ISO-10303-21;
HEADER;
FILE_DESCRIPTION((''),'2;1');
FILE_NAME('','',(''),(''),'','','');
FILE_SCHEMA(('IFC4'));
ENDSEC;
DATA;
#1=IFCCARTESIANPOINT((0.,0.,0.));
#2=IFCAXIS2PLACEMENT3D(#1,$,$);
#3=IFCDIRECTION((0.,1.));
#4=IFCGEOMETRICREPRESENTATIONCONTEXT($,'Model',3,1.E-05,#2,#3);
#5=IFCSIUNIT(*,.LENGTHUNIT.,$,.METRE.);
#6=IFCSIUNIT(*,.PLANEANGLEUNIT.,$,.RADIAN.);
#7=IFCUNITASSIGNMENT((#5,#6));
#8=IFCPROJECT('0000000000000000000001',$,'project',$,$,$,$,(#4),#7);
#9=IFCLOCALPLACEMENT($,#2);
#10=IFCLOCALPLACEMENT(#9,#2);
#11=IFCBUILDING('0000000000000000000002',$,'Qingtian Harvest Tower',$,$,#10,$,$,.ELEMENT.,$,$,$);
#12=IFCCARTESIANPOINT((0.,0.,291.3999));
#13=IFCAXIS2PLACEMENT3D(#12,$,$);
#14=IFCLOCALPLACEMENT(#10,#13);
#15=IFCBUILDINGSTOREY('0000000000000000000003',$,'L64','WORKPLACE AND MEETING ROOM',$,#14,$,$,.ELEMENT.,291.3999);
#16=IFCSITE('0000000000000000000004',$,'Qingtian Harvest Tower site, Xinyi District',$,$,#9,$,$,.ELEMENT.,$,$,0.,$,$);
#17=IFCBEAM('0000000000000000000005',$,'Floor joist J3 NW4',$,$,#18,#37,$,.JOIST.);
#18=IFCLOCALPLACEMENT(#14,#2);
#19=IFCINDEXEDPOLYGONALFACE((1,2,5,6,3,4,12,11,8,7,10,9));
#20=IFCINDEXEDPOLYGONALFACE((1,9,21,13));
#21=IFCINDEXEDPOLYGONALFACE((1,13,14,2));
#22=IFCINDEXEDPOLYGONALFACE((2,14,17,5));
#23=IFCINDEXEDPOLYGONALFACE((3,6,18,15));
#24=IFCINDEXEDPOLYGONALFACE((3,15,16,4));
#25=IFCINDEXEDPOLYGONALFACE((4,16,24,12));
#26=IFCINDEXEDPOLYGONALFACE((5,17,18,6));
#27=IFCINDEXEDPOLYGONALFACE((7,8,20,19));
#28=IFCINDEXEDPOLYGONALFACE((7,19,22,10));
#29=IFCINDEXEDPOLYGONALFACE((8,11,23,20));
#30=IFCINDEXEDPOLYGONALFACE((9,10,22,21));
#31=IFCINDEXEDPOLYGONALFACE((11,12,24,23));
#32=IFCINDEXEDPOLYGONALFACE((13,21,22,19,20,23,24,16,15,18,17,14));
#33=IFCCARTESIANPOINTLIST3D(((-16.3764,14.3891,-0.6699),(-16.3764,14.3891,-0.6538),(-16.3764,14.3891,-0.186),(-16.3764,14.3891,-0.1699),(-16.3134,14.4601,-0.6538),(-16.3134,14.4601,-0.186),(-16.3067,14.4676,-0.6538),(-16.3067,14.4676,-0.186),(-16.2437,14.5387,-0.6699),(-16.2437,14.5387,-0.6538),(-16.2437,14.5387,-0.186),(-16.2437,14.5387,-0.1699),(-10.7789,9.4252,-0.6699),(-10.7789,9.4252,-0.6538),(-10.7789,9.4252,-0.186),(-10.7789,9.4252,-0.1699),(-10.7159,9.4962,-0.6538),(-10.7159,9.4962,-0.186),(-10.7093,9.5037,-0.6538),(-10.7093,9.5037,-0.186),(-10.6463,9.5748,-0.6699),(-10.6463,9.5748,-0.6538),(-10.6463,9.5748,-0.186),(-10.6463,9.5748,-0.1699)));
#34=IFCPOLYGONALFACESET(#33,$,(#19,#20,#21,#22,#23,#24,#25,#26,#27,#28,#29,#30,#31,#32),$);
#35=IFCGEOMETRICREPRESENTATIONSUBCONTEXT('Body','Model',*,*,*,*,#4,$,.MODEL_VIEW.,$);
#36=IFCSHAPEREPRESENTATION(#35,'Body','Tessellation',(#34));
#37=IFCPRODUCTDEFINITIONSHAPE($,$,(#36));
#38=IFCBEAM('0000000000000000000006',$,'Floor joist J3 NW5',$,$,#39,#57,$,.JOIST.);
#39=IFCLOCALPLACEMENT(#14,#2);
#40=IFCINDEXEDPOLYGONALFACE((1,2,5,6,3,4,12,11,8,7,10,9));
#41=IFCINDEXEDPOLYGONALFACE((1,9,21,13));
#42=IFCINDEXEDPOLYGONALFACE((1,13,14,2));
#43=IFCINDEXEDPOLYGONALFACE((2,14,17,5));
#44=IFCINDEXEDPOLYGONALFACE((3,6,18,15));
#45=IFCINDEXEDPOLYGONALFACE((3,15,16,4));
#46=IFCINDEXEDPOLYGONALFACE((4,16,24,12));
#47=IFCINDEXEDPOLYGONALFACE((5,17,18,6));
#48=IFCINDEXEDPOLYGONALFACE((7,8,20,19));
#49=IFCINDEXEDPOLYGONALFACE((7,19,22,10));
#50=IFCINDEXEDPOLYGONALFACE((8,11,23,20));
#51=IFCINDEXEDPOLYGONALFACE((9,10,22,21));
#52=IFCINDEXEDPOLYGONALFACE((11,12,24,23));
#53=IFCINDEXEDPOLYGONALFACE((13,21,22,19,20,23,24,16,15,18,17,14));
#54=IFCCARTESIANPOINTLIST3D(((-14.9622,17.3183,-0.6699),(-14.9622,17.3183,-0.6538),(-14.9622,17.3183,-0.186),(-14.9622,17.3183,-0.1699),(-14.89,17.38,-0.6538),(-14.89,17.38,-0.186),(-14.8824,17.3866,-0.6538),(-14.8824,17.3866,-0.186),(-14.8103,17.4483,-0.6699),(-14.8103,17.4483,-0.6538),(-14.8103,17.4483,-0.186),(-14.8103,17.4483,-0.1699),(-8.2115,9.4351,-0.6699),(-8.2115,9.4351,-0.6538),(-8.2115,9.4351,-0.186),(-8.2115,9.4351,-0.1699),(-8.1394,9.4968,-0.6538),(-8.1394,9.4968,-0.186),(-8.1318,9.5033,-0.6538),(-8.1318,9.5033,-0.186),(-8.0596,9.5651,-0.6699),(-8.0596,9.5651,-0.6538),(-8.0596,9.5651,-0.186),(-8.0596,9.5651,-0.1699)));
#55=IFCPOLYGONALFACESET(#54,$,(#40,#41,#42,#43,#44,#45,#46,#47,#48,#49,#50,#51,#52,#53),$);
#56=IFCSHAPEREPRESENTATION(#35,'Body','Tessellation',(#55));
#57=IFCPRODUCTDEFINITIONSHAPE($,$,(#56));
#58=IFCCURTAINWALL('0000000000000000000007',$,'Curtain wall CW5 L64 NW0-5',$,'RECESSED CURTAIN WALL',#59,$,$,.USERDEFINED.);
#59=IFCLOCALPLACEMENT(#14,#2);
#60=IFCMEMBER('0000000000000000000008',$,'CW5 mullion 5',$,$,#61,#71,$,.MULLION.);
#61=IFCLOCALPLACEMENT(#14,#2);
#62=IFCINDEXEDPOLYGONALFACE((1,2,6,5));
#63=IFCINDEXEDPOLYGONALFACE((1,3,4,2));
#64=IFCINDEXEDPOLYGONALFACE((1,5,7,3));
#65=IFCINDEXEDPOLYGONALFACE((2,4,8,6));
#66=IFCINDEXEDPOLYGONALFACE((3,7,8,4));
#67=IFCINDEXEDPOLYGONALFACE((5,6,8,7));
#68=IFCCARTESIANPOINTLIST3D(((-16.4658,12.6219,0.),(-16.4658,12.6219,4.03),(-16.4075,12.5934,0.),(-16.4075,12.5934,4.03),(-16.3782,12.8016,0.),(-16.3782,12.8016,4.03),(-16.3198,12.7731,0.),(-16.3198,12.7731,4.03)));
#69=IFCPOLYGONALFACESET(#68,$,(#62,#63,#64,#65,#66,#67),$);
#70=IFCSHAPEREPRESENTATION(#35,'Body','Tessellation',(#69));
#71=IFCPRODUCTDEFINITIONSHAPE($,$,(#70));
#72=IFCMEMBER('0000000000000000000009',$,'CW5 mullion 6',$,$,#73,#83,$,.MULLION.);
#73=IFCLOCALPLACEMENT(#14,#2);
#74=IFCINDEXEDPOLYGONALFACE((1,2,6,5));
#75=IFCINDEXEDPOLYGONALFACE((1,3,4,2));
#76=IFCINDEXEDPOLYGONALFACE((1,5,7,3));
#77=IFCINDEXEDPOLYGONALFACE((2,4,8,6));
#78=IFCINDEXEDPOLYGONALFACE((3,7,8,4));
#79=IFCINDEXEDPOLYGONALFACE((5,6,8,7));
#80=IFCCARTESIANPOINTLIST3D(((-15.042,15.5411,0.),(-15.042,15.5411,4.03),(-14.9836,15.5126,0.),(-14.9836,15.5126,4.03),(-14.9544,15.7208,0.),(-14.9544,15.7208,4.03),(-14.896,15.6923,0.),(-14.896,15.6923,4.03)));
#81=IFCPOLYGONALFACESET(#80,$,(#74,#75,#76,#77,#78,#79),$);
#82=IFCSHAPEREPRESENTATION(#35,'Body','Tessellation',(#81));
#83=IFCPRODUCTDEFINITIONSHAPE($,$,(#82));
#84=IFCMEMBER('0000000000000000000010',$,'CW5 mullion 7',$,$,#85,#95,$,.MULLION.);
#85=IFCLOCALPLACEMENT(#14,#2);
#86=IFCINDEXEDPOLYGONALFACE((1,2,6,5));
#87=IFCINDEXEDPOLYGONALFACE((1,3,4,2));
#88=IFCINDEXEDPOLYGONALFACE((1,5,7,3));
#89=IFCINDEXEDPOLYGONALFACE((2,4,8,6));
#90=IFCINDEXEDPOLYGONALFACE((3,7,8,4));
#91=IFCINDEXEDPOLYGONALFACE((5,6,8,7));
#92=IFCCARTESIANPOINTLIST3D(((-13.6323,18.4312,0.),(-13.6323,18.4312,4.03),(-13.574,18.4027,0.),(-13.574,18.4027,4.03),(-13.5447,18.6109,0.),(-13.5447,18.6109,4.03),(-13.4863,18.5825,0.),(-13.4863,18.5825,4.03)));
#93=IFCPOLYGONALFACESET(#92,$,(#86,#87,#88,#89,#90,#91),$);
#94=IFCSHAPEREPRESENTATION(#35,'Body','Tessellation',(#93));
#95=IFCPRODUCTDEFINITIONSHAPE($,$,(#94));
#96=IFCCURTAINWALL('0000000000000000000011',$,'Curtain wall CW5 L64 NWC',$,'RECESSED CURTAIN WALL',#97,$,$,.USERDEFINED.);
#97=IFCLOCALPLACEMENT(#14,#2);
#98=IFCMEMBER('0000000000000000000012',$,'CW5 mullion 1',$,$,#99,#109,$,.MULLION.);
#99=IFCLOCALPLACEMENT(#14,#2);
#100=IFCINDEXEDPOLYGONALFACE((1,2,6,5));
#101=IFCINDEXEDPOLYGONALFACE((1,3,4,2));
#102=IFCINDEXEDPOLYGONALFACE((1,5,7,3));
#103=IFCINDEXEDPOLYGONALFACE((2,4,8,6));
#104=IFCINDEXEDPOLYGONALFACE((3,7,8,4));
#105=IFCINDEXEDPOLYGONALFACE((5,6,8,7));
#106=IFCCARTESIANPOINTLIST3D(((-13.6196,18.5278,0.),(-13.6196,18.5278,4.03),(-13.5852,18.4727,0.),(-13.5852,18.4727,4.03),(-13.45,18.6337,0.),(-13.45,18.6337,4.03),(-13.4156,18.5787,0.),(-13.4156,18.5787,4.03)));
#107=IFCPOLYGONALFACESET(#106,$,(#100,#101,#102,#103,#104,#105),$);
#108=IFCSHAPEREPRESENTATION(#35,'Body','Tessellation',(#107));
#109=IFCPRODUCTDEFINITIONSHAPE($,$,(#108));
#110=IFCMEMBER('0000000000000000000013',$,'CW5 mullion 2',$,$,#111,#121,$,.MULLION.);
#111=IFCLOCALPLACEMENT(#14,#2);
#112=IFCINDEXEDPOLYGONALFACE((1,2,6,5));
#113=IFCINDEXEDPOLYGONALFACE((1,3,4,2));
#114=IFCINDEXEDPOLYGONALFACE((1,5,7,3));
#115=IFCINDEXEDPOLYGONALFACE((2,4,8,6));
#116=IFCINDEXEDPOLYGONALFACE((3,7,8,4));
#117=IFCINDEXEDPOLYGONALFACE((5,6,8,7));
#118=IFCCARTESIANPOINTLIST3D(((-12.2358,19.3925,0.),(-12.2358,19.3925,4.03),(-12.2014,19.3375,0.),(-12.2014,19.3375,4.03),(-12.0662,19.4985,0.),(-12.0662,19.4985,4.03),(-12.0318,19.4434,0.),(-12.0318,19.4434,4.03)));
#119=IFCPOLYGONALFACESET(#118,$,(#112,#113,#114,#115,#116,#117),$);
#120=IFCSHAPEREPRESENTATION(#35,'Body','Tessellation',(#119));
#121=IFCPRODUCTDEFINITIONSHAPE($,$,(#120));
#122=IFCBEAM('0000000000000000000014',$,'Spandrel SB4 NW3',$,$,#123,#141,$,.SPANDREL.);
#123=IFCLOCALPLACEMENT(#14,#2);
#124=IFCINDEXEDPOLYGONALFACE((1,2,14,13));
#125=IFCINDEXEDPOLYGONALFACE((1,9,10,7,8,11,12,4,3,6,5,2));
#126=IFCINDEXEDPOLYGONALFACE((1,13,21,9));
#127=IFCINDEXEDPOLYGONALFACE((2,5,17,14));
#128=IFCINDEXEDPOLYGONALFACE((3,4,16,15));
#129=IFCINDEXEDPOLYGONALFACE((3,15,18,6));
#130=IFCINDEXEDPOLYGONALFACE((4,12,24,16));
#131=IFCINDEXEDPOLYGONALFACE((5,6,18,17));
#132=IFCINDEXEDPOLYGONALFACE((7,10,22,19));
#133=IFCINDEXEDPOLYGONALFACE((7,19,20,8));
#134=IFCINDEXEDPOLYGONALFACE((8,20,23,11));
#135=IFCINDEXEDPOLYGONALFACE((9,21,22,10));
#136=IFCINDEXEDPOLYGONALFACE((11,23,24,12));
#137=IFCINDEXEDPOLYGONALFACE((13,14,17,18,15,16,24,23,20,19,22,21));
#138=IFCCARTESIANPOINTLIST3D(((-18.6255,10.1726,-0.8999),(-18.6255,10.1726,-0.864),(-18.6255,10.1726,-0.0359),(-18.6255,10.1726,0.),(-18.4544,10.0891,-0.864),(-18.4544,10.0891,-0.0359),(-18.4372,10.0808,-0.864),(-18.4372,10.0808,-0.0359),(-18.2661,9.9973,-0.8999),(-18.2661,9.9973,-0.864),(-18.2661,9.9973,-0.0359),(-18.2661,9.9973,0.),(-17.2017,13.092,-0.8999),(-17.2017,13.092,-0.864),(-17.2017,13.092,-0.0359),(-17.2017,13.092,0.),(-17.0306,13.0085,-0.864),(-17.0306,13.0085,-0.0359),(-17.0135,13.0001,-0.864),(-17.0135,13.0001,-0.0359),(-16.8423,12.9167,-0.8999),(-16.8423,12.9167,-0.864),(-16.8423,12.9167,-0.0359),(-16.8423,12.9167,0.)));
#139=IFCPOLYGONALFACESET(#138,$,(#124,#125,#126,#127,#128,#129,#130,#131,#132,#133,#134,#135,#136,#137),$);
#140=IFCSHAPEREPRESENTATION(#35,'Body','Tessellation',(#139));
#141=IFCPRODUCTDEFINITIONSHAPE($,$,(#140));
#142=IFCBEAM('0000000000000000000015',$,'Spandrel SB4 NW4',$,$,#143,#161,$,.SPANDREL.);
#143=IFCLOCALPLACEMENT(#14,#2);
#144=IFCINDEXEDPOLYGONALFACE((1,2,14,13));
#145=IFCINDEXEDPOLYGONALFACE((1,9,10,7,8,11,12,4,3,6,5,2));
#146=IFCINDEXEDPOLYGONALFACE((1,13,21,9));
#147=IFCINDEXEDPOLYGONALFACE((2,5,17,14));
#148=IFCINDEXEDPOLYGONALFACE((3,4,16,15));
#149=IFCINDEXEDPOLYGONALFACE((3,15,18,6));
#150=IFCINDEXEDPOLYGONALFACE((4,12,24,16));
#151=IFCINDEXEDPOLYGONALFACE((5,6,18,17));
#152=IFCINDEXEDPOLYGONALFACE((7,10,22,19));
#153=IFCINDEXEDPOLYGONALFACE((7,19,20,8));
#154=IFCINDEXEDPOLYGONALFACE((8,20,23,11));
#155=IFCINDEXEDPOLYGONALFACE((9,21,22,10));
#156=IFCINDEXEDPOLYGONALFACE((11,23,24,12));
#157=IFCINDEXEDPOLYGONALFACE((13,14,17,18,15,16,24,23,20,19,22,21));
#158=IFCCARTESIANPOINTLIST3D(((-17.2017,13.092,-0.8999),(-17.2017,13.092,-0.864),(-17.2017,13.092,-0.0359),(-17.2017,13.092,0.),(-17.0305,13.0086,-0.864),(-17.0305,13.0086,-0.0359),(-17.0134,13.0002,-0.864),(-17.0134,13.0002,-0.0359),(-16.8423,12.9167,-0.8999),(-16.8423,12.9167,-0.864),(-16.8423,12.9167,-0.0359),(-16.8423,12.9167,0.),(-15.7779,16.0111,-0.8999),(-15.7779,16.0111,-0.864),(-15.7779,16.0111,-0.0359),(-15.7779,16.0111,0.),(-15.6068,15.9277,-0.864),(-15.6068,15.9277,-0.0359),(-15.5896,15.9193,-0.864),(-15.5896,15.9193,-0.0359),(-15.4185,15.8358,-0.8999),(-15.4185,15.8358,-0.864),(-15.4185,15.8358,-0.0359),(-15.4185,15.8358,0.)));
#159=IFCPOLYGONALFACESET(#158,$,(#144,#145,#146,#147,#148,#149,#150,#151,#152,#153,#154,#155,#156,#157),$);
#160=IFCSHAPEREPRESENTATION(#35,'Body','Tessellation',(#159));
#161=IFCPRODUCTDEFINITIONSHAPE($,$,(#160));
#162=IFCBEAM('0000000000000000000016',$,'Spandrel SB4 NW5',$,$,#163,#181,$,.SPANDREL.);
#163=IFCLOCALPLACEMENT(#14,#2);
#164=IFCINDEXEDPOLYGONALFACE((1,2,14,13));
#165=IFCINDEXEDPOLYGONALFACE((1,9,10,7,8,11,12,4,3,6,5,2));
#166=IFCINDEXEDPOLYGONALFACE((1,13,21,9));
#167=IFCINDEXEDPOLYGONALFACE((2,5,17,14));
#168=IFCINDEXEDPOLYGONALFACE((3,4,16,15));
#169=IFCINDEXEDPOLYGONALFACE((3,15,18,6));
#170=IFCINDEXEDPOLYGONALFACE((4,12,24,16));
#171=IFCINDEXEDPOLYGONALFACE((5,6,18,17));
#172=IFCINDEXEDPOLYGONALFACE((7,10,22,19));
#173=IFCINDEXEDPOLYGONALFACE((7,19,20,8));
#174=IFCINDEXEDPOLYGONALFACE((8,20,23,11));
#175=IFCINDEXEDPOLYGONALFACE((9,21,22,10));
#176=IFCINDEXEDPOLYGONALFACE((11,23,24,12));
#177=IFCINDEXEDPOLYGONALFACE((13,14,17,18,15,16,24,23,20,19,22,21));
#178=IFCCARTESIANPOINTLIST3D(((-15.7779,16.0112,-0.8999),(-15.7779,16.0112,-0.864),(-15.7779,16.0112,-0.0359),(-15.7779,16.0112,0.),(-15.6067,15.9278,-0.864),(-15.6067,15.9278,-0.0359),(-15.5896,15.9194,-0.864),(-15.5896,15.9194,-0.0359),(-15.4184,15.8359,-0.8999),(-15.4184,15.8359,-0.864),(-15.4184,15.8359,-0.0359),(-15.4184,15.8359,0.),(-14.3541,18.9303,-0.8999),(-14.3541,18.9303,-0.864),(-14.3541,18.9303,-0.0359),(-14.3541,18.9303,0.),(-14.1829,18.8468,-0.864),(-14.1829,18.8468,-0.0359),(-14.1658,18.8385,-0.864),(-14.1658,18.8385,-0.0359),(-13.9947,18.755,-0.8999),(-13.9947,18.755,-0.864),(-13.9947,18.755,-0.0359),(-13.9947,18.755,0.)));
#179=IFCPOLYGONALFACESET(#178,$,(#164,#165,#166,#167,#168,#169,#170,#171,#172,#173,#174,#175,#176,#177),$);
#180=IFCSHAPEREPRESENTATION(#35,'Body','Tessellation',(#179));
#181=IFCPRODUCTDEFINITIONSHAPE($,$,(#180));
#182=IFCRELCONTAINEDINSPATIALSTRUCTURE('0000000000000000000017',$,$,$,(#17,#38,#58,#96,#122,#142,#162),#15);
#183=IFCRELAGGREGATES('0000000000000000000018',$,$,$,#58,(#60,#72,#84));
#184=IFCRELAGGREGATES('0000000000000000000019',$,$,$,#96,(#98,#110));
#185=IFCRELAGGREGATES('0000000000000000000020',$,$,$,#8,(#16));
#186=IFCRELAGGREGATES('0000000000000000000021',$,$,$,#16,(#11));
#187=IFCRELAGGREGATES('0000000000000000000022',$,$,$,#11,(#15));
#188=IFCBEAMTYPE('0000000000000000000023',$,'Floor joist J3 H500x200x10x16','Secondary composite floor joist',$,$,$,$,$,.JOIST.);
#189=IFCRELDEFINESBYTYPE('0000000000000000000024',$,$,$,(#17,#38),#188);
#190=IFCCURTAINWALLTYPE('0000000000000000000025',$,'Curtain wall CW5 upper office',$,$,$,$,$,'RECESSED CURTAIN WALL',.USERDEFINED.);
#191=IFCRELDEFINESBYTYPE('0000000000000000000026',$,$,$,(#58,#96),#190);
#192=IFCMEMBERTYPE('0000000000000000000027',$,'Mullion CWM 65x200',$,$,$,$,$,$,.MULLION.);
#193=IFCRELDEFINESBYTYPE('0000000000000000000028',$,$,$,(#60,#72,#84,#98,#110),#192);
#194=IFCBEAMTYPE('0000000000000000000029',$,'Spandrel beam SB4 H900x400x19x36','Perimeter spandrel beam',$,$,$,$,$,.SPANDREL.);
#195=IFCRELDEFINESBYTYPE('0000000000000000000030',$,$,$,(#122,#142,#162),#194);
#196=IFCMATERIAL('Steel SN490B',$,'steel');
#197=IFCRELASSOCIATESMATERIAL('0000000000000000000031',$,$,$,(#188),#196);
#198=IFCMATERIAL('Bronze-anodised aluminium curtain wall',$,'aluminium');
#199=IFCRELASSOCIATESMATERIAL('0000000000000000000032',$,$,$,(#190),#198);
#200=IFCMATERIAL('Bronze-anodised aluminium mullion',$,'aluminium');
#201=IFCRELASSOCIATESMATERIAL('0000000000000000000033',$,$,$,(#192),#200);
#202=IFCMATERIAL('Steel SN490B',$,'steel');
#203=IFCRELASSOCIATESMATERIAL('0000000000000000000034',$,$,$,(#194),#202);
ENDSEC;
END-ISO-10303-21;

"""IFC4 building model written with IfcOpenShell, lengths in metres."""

from ifc_helpers import new_model, si_unit, direction, frame, origin, origin_2d, place, context, subcontext, project, spatial, rectangle, i_section, extrude, material, material_profile, profile_set, type_object, element, aggregate, save


model = new_model("IFC4")

# Units and contexts
model_context = context("Model", 3, precision=1e-05, world=origin(), true_north=direction((0.0, 1.0)))
body_context = subcontext(model_context, "Body", "Model", "MODEL_VIEW")
ifc_project = project(units=[si_unit("LENGTHUNIT", "METRE"), si_unit("PLANEANGLEUNIT", "RADIAN")], contexts=[model_context])

# Site, building, storey
site_placement = place(None, origin())
site = spatial("IfcSite", under=ifc_project, at=site_placement, Name="Qingtian Harvest Tower site, Xinyi District", CompositionType="ELEMENT", RefElevation=0.0)
building_placement = place(site_placement, origin())
building = spatial("IfcBuilding", under=site, at=building_placement, Name="Qingtian Harvest Tower", CompositionType="ELEMENT")
storey_placement = place(building_placement, frame((0.0, 0.0, 291.3999)))
storey = spatial("IfcBuildingStorey", under=building, at=storey_placement, Name="L64", Description="WORKPLACE AND MEETING ROOM", CompositionType="ELEMENT", Elevation=291.3999)

# Beams
ifc_material_1 = material(Name="Steel SN490B", Category="steel")
ifc_material_profile_1 = material_profile(ifc_material_1, i_section(OverallWidth=0.2, OverallDepth=0.5, WebThickness=0.01, FlangeThickness=0.0161, at=origin_2d()), Name="H500x200x10x16")
ifc_profile_set_1 = profile_set([ifc_material_profile_1], Name="Steel SN490B")
beam_type_1 = type_object("IfcBeamType", Name="Floor joist J3 H500x200x10x16", Description="Secondary composite floor joist", PredefinedType="JOIST", material=ifc_profile_set_1)
beam_1_placement = place(storey_placement, frame((-16.3101, 14.4639, -0.4199), z_axis=(0.748179, -0.663496, 0.0), x_axis=(0.663496, 0.748179, 0.0)))
element("IfcBeam", 1, at=beam_1_placement, inside=storey, type_object=beam_type_1, Name="Floor joist J3 NW4", PredefinedType="JOIST", context=body_context, shape_type="SweptSolid", body=[
    extrude(i_section(OverallWidth=0.2, OverallDepth=0.5, WebThickness=0.01, FlangeThickness=0.0161, at=origin_2d()), origin(), (0.0, 0.0, 1.0), 7.4814),
])
beam_2_placement = place(storey_placement, frame((-14.8862, 17.3833, -0.4199), z_axis=(0.650437, -0.75956, 0.0), x_axis=(0.75956, 0.650437, 0.0)))
element("IfcBeam", 2, at=beam_2_placement, inside=storey, type_object=beam_type_1, Name="Floor joist J3 NW5", PredefinedType="JOIST", context=body_context, shape_type="SweptSolid", body=[
    extrude(i_section(OverallWidth=0.2, OverallDepth=0.5, WebThickness=0.01, FlangeThickness=0.0161, at=origin_2d()), origin(), (0.0, 0.0, 1.0), 10.3787),
])

# Curtain walls, members
ifc_material_2 = material(Name="Bronze-anodised aluminium curtain wall", Category="aluminium")
curtain_wall_type = type_object("IfcCurtainWallType", Name="Curtain wall CW5 upper office", ElementType="RECESSED CURTAIN WALL", PredefinedType="USERDEFINED", material=ifc_material_2)
curtain_wall_1_placement = place(storey_placement, origin())
curtain_wall_1 = element("IfcCurtainWall", 3, at=curtain_wall_1_placement, inside=storey, type_object=curtain_wall_type, Name="Curtain wall CW5 L64 NW0-5", ObjectType="RECESSED CURTAIN WALL", PredefinedType="USERDEFINED")
ifc_material_3 = material(Name="Bronze-anodised aluminium mullion", Category="aluminium")
ifc_material_profile_2 = material_profile(ifc_material_3, rectangle(XDim=0.0649, YDim=0.2, at=origin_2d()), Name="AL 65x200")
ifc_profile_set_2 = profile_set([ifc_material_profile_2], Name="Bronze-anodised aluminium mullion")
member_type_1 = type_object("IfcMemberType", Name="Mullion CWM 65x200", PredefinedType="MULLION", material=ifc_profile_set_2)
member_1_placement = place(storey_placement, frame((-16.3928, 12.6975, 0.0), z_axis=(0.0, 0.0, 1.0), x_axis=(-0.898794, 0.438371, 0.0)))
member_1 = element("IfcMember", 4, at=member_1_placement, type_object=member_type_1, Name="CW5 mullion 5", PredefinedType="MULLION", context=body_context, shape_type="SweptSolid", body=[
    extrude(rectangle(XDim=0.0649, YDim=0.2, at=origin_2d()), origin(), (0.0, 0.0, 1.0), 4.03),
])
member_2_placement = place(storey_placement, frame((-14.969, 15.6167, 0.0), z_axis=(0.0, 0.0, 1.0), x_axis=(-0.898794, 0.438371, 0.0)))
member_2 = element("IfcMember", 5, at=member_2_placement, type_object=member_type_1, Name="CW5 mullion 6", PredefinedType="MULLION", context=body_context, shape_type="SweptSolid", body=[
    extrude(rectangle(XDim=0.0649, YDim=0.2, at=origin_2d()), origin(), (0.0, 0.0, 1.0), 4.03),
])
member_3_placement = place(storey_placement, frame((-13.5593, 18.5068, 0.0), z_axis=(0.0, 0.0, 1.0), x_axis=(-0.898794, 0.438371, 0.0)))
member_3 = element("IfcMember", 6, at=member_3_placement, type_object=member_type_1, Name="CW5 mullion 7", PredefinedType="MULLION", context=body_context, shape_type="SweptSolid", body=[
    extrude(rectangle(XDim=0.0649, YDim=0.2, at=origin_2d()), origin(), (0.0, 0.0, 1.0), 4.03),
])
curtain_wall_2_placement = place(storey_placement, origin())
curtain_wall_2 = element("IfcCurtainWall", 7, at=curtain_wall_2_placement, inside=storey, type_object=curtain_wall_type, Name="Curtain wall CW5 L64 NWC", ObjectType="RECESSED CURTAIN WALL", PredefinedType="USERDEFINED")
member_4_placement = place(storey_placement, frame((-13.5176, 18.5532, 0.0), z_axis=(0.0, 0.0, 1.0), x_axis=(-0.529919, 0.848048, 0.0)))
member_4 = element("IfcMember", 8, at=member_4_placement, type_object=member_type_1, Name="CW5 mullion 1", PredefinedType="MULLION", context=body_context, shape_type="SweptSolid", body=[
    extrude(rectangle(XDim=0.0649, YDim=0.2, at=origin_2d()), origin(), (0.0, 0.0, 1.0), 4.03),
])
member_5_placement = place(storey_placement, frame((-12.1338, 19.418, 0.0), z_axis=(0.0, 0.0, 1.0), x_axis=(-0.529919, 0.848048, 0.0)))
member_5 = element("IfcMember", 9, at=member_5_placement, type_object=member_type_1, Name="CW5 mullion 2", PredefinedType="MULLION", context=body_context, shape_type="SweptSolid", body=[
    extrude(rectangle(XDim=0.0649, YDim=0.2, at=origin_2d()), origin(), (0.0, 0.0, 1.0), 4.03),
])

# Beams
ifc_material_4 = material(Name="Steel SN490B", Category="steel")
ifc_material_profile_3 = material_profile(ifc_material_4, i_section(OverallWidth=0.3999, OverallDepth=0.8999, WebThickness=0.019, FlangeThickness=0.0359, at=origin_2d()), Name="H900x400x19x36")
ifc_profile_set_3 = profile_set([ifc_material_profile_3], Name="Steel SN490B")
beam_type_2 = type_object("IfcBeamType", Name="Spandrel beam SB4 H900x400x19x36", Description="Perimeter spandrel beam", PredefinedType="SPANDREL", material=ifc_profile_set_3)
beam_3_placement = place(storey_placement, frame((-18.4458, 10.085, -0.45), z_axis=(0.438353, 0.898803, 0.0), x_axis=(-0.898803, 0.438353, 0.0)))
element("IfcBeam", 10, at=beam_3_placement, inside=storey, type_object=beam_type_2, Name="Spandrel SB4 NW3", PredefinedType="SPANDREL", context=body_context, shape_type="SweptSolid", body=[
    extrude(i_section(OverallWidth=0.3999, OverallDepth=0.8999, WebThickness=0.019, FlangeThickness=0.0359, at=origin_2d()), origin(), (0.0, 0.0, 1.0), 3.248),
])
for number, where, z_axis, x_axis, name in (
    (11, (-17.022, 13.0044, -0.45), (0.438382, 0.898789, 0.0), (-0.898789, 0.438382, 0.0), "Spandrel SB4 NW4"),
    (12, (-15.5981, 15.9236, -0.45), (0.438382, 0.898789, 0.0), (-0.898789, 0.438382, 0.0), "Spandrel SB4 NW5"),
):
    element("IfcBeam", number, at=place(storey_placement, frame(where, z_axis=z_axis, x_axis=x_axis)), inside=storey, type_object=beam_type_2, Name=name, PredefinedType="SPANDREL", context=body_context, shape_type="SweptSolid", body=[
        extrude(i_section(OverallWidth=0.3999, OverallDepth=0.8999, WebThickness=0.019, FlangeThickness=0.0359, at=origin_2d()), origin(), (0.0, 0.0, 1.0), 3.2478),
    ])

aggregate(curtain_wall_1, [member_1, member_2, member_3])
aggregate(curtain_wall_2, [member_4, member_5])

save(model, "model.ifc")
